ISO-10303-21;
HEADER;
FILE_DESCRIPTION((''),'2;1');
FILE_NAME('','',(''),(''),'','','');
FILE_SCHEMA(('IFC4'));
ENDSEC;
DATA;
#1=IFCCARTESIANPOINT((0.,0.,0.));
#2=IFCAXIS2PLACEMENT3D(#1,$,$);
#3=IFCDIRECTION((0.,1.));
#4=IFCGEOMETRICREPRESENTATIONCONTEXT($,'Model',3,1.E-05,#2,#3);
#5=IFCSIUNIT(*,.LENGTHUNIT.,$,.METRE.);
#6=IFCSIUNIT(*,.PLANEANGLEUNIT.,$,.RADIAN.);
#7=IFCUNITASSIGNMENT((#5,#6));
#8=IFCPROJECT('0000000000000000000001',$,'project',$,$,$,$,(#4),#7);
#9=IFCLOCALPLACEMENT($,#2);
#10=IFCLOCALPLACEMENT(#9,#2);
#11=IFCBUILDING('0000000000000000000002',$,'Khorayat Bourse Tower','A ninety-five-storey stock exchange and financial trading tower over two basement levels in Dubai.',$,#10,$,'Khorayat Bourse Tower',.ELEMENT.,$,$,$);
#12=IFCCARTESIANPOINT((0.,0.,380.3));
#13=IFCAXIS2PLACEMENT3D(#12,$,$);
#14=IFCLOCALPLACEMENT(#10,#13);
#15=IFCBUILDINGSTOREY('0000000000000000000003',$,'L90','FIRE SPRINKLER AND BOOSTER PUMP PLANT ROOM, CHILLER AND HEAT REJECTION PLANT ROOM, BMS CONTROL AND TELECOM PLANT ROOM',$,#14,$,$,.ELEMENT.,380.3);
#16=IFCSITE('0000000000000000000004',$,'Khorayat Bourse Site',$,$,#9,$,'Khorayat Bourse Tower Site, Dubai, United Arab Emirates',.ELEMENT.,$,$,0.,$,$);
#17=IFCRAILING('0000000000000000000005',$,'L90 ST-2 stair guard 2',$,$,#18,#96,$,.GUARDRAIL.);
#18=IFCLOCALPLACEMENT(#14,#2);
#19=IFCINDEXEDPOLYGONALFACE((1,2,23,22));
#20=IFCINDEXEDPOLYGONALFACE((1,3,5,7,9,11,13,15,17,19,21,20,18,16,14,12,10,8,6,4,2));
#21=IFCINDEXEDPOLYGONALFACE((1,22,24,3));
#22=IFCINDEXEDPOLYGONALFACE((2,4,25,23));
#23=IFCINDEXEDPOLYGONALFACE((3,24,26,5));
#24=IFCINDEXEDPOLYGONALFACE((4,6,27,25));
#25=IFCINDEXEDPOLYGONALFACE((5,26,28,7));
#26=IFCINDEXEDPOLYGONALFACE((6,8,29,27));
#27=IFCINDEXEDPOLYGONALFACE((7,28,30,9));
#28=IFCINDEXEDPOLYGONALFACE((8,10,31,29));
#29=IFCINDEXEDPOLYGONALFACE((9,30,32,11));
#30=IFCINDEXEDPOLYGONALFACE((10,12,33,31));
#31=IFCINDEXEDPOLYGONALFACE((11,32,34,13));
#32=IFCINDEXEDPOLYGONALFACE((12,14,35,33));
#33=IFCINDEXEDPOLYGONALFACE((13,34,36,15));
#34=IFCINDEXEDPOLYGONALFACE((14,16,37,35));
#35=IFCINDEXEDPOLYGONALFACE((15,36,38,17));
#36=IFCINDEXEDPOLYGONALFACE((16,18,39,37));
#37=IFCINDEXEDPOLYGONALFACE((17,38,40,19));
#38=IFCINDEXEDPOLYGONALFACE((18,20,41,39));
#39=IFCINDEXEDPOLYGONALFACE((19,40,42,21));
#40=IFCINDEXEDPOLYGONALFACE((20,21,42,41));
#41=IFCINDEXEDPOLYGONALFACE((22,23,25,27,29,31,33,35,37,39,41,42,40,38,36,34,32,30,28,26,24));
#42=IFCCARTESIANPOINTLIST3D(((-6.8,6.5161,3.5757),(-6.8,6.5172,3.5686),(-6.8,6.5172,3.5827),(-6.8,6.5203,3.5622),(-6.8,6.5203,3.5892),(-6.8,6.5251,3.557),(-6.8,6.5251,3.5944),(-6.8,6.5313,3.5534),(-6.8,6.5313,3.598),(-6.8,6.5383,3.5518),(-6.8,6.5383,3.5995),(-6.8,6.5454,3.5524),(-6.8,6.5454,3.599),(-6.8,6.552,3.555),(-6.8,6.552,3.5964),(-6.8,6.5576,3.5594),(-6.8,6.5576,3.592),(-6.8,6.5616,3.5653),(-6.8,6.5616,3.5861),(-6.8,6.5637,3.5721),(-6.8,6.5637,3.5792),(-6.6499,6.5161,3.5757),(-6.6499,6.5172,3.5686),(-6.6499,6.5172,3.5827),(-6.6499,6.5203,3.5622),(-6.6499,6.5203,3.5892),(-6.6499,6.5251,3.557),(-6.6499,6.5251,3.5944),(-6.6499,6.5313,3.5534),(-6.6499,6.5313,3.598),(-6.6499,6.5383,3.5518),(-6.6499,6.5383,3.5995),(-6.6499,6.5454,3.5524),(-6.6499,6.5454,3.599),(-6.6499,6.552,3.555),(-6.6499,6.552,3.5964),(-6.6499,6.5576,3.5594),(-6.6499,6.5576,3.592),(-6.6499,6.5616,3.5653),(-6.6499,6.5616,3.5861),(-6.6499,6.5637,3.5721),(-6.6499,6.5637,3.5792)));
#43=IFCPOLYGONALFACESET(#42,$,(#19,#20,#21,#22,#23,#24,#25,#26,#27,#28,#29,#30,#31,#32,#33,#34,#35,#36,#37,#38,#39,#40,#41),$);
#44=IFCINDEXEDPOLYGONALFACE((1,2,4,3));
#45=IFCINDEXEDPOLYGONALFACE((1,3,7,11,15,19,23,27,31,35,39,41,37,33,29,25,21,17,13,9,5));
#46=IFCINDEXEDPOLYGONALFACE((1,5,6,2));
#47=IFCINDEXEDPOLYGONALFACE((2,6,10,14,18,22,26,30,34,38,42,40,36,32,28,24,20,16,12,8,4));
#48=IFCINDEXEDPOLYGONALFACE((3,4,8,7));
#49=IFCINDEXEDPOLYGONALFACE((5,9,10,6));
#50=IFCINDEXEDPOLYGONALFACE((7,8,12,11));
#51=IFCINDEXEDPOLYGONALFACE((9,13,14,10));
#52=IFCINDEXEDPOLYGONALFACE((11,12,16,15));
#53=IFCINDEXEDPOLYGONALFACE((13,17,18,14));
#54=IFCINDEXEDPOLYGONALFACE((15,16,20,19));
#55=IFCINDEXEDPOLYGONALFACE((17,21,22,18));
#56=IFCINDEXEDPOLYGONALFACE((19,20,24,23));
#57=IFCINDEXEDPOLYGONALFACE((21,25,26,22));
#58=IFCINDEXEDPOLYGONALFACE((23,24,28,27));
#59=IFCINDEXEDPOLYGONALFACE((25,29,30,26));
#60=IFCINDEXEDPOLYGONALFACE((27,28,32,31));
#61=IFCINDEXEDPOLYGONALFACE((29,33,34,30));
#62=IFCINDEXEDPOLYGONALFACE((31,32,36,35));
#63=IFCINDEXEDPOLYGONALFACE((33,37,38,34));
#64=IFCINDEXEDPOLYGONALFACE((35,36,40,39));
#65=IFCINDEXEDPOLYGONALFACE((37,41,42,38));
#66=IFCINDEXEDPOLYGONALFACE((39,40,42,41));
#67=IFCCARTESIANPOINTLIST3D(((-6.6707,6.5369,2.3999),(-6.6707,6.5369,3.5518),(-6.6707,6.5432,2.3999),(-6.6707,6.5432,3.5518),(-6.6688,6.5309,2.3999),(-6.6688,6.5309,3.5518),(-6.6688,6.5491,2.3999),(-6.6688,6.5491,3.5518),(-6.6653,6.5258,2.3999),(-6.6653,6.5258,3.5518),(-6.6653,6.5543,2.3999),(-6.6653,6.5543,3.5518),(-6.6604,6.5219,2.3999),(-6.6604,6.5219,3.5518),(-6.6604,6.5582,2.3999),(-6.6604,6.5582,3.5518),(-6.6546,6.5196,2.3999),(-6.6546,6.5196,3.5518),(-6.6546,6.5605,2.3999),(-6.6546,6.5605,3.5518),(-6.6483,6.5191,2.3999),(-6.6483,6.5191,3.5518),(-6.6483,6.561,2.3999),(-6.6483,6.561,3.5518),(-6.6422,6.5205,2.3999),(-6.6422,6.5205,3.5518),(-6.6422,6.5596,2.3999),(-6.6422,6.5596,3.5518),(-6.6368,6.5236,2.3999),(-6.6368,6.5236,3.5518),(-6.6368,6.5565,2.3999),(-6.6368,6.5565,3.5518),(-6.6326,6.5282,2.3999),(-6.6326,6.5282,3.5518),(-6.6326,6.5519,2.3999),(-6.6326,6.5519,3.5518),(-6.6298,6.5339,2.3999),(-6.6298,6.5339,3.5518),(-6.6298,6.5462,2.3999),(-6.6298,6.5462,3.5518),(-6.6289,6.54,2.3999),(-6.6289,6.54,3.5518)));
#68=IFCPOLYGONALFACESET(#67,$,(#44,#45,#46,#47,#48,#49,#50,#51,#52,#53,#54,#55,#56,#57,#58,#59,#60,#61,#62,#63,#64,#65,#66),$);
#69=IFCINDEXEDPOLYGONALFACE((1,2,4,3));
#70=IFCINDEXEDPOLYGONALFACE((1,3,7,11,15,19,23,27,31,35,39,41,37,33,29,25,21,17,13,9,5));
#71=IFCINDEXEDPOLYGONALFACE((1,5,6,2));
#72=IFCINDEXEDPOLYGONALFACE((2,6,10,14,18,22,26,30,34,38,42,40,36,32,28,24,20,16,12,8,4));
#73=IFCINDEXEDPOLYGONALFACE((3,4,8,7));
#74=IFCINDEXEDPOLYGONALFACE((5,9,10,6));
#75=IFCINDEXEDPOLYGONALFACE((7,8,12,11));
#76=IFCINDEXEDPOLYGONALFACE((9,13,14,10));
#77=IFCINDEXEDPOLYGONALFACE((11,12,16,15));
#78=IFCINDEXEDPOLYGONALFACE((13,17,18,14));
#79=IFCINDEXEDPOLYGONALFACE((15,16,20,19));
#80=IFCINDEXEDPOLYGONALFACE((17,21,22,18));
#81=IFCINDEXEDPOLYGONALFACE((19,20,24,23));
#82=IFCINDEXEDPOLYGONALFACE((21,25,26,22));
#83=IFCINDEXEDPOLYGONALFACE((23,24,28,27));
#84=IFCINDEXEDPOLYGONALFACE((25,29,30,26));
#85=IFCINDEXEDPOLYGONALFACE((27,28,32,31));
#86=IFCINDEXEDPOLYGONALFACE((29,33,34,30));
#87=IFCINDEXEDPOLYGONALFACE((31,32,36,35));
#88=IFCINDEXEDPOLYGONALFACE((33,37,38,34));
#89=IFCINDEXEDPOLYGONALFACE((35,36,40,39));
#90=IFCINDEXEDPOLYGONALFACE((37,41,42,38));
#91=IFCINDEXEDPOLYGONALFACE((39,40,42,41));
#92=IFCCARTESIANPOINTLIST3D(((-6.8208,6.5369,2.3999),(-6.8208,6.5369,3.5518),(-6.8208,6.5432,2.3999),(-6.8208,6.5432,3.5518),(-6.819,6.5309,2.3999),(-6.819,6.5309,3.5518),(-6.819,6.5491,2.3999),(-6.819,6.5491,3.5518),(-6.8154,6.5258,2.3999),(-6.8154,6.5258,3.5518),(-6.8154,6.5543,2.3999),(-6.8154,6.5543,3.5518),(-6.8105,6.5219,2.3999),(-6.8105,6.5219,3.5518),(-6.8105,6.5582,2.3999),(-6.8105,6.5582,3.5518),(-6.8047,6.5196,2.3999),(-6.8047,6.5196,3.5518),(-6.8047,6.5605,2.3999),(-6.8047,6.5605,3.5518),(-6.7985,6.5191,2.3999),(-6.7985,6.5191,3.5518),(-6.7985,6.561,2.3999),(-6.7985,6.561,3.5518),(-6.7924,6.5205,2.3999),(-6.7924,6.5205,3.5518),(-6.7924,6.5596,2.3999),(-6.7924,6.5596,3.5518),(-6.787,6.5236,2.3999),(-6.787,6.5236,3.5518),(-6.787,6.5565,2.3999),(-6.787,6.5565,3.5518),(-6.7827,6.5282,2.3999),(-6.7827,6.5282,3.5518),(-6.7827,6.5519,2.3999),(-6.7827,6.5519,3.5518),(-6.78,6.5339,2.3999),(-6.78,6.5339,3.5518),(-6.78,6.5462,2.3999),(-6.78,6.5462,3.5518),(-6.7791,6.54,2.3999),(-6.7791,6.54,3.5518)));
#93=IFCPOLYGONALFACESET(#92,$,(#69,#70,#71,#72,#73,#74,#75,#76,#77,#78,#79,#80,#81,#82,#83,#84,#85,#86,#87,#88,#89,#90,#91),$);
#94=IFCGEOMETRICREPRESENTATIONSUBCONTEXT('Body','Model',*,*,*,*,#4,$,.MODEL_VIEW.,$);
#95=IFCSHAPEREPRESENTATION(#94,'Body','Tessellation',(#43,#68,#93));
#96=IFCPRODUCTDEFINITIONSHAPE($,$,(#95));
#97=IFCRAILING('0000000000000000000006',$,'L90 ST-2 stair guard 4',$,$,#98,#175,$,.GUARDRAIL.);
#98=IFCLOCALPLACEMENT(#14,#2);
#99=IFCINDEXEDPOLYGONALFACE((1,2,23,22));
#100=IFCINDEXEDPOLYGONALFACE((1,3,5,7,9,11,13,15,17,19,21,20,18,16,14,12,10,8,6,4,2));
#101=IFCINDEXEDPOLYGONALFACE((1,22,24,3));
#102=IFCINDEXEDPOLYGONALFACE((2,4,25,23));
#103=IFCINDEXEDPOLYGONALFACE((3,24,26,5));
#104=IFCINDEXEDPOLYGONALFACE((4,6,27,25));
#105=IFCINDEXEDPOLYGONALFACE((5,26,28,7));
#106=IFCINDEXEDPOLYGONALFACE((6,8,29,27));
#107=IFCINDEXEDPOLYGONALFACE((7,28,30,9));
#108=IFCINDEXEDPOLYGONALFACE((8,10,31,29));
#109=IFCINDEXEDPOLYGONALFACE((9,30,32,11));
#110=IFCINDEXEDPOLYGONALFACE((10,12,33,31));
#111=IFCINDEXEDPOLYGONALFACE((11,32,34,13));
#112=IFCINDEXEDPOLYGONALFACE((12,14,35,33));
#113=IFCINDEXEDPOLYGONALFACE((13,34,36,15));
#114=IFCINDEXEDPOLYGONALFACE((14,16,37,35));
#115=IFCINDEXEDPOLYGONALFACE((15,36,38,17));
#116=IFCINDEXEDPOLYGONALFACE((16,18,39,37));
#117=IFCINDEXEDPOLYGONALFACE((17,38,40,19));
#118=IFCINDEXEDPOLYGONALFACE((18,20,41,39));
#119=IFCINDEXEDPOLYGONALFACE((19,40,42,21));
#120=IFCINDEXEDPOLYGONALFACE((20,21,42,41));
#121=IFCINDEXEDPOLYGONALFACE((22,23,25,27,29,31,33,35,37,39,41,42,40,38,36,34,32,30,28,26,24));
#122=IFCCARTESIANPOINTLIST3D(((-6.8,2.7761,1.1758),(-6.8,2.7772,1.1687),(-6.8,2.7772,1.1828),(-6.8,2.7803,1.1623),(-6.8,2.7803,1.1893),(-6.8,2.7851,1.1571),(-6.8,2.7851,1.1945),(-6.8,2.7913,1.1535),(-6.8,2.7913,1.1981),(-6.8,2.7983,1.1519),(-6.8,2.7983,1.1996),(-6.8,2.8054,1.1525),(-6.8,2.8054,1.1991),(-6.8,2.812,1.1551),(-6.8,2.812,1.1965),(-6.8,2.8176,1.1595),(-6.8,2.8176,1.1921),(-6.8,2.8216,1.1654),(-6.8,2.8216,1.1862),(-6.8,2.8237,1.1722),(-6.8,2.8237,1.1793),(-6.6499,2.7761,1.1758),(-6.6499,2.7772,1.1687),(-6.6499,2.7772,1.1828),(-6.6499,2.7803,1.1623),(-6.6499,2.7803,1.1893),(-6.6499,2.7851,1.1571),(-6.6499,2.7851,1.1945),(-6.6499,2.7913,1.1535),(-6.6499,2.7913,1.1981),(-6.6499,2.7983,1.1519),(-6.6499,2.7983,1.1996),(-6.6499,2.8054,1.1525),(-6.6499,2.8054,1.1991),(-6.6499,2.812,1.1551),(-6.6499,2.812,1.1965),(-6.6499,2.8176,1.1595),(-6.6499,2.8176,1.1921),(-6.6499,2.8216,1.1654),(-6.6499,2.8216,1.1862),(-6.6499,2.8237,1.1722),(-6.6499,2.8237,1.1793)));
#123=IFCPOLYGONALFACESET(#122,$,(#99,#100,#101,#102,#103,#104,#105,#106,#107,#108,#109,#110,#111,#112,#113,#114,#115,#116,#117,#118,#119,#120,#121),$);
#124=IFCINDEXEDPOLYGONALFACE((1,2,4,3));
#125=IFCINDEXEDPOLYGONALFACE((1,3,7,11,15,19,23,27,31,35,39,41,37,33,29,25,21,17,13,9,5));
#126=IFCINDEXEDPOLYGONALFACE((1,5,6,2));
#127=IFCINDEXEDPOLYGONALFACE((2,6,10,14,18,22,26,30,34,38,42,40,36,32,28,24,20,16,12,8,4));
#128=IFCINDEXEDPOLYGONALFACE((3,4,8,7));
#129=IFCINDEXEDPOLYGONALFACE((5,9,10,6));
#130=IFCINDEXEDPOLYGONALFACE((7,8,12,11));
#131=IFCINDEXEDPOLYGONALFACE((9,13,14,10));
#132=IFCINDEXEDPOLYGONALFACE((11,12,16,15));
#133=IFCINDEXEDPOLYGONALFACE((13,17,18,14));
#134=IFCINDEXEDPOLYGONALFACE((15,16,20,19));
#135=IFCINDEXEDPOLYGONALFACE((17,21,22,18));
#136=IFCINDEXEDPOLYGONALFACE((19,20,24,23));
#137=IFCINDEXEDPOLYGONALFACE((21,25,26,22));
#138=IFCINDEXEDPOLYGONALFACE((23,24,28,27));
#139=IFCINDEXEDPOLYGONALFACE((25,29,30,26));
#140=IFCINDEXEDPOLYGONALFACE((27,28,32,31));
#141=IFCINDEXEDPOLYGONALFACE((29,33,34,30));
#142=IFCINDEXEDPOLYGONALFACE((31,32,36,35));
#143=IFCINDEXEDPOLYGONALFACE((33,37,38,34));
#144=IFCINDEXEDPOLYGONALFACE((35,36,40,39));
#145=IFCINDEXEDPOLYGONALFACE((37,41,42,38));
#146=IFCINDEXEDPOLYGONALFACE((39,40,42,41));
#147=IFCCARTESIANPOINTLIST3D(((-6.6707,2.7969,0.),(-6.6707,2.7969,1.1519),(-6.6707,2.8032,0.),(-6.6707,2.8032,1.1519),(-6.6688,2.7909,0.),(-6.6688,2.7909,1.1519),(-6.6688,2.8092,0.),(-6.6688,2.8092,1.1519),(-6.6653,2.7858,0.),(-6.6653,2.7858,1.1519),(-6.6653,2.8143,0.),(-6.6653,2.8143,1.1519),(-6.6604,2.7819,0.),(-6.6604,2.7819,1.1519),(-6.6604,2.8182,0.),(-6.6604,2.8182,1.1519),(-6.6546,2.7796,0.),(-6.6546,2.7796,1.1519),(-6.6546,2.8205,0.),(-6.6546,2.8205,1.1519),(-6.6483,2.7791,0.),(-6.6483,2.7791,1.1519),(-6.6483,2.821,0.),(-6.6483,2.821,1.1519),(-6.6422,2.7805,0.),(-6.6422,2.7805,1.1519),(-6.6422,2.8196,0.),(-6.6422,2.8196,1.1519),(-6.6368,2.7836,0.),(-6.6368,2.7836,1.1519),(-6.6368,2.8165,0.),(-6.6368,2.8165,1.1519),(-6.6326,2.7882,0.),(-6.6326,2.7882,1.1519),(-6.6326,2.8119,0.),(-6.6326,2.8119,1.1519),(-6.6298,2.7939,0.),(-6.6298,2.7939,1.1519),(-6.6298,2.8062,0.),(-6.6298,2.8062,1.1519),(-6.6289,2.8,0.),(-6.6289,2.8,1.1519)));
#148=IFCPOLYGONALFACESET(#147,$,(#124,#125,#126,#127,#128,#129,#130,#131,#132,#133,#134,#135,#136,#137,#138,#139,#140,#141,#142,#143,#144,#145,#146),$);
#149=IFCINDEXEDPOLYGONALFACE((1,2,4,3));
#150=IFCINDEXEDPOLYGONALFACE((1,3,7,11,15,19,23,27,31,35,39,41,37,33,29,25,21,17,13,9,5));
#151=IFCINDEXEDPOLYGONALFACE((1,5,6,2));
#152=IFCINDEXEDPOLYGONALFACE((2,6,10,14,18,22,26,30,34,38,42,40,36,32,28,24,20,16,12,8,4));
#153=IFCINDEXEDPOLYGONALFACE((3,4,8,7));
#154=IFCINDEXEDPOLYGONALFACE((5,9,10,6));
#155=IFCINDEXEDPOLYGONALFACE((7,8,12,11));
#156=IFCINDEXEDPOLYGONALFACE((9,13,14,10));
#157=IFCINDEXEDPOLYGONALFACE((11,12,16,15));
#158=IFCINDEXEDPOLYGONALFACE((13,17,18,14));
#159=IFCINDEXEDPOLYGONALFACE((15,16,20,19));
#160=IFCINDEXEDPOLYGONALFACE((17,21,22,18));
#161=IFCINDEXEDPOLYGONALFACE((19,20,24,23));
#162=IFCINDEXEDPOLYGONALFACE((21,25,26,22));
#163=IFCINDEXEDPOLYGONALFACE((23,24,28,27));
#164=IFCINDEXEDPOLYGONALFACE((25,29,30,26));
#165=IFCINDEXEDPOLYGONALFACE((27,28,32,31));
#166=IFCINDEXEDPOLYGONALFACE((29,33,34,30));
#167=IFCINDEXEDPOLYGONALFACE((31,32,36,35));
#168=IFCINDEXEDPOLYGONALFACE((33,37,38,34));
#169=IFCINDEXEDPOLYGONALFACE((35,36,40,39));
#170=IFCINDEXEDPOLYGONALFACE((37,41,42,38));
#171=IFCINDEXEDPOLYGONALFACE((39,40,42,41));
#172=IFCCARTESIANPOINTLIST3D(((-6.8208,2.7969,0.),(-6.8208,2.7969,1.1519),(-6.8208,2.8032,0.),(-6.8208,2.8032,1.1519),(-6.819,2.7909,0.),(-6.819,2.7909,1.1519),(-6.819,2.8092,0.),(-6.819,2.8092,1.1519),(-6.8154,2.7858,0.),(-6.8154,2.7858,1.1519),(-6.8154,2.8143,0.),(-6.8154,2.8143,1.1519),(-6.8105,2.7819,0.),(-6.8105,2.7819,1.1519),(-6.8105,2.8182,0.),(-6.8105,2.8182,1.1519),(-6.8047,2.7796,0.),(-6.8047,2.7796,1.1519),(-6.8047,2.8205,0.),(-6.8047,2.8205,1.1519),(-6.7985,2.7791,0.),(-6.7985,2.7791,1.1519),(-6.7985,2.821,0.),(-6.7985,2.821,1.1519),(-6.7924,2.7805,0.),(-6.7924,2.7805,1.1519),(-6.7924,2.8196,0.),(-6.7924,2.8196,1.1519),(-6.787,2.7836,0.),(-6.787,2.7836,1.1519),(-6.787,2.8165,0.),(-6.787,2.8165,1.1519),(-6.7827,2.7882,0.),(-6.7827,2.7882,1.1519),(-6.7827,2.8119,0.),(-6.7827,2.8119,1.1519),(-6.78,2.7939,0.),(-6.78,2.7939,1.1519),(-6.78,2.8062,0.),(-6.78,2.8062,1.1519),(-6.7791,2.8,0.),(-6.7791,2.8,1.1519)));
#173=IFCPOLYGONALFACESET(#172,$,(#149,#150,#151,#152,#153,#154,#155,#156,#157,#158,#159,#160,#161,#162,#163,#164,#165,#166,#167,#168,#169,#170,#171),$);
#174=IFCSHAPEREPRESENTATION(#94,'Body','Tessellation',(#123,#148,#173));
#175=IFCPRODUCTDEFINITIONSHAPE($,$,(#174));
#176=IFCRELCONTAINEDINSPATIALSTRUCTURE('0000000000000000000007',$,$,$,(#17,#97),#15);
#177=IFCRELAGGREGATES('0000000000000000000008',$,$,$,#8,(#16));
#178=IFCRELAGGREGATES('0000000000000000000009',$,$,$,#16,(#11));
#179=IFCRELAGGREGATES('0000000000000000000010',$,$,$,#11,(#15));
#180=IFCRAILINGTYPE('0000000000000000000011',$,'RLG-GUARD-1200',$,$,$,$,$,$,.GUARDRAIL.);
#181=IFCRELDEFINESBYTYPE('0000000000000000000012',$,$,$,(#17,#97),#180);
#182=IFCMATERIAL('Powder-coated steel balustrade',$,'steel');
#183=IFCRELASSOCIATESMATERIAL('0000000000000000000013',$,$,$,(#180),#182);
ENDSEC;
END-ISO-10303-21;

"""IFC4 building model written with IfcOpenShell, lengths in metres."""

from ifc_helpers import new_model, si_unit, direction, frame, origin, origin_2d, place, context, subcontext, project, spatial, circle, extrude, source, transform, mapped, material, type_object, element, save


model = new_model("IFC4")

# Units and contexts
model_context = context("Model", 3, precision=1e-05, world=origin(), true_north=direction((0.0, 1.0)))
body_context = subcontext(model_context, "Body", "Model", "MODEL_VIEW")
ifc_project = project(units=[si_unit("LENGTHUNIT", "METRE"), si_unit("PLANEANGLEUNIT", "RADIAN")], contexts=[model_context])

# Site, building, storey
site_placement = place(None, origin())
site = spatial("IfcSite", under=ifc_project, at=site_placement, Name="Khorayat Bourse Site", LongName="Khorayat Bourse Tower Site, Dubai, United Arab Emirates", CompositionType="ELEMENT", RefElevation=0.0)
building_placement = place(site_placement, origin())
building = spatial("IfcBuilding", under=site, at=building_placement, Name="Khorayat Bourse Tower", Description="A ninety-five-storey stock exchange and financial trading tower over two basement levels in Dubai.", LongName="Khorayat Bourse Tower", CompositionType="ELEMENT")
storey_placement = place(building_placement, frame((0.0, 0.0, 380.3)))
storey = spatial("IfcBuildingStorey", under=building, at=storey_placement, Name="L90", Description="FIRE SPRINKLER AND BOOSTER PUMP PLANT ROOM, CHILLER AND HEAT REJECTION PLANT ROOM, BMS CONTROL AND TELECOM PLANT ROOM", CompositionType="ELEMENT", Elevation=380.3)

# Railings
ifc_material_1 = material(Name="Powder-coated steel balustrade", Category="steel")
railing_type_1 = type_object("IfcRailingType", Name="RLG-GUARD-1200", PredefinedType="GUARDRAIL", material=ifc_material_1)
shared_shape_1 = source(origin(), body_context, "Body", "SweptSolid", [
    extrude(circle(Radius=0.0239, at=origin_2d()), frame((0.0, 0.0, 1.1758), z_axis=(-1.0, 0.0, 0.0), x_axis=(0.0, -1.0, 0.0)), (0.0, 0.0, 1.0), 0.1501),
    extrude(circle(Radius=0.021, at=origin_2d()), origin(), (0.0, 0.0, 1.0), 1.1519),
    extrude(circle(Radius=0.021, at=origin_2d()), frame((-0.1501, 0.0, 0.0)), (0.0, 0.0, 1.0), 1.1519),
])
for number, where, name in (
    (1, (-6.6499, 6.54, 2.3999), "L90 ST-2 stair guard 2"),
    (2, (-6.6499, 2.8, 0.0), "L90 ST-2 stair guard 4"),
):
    element("IfcRailing", number, at=place(storey_placement, frame(where)), inside=storey, type_object=railing_type_1, Name=name, PredefinedType="GUARDRAIL", context=body_context, shape_type="MappedRepresentation", body=[
        mapped(shared_shape_1, transform((0.0, 0.0, 0.0), scale=1.0)),
    ])

save(model, "model.ifc")
